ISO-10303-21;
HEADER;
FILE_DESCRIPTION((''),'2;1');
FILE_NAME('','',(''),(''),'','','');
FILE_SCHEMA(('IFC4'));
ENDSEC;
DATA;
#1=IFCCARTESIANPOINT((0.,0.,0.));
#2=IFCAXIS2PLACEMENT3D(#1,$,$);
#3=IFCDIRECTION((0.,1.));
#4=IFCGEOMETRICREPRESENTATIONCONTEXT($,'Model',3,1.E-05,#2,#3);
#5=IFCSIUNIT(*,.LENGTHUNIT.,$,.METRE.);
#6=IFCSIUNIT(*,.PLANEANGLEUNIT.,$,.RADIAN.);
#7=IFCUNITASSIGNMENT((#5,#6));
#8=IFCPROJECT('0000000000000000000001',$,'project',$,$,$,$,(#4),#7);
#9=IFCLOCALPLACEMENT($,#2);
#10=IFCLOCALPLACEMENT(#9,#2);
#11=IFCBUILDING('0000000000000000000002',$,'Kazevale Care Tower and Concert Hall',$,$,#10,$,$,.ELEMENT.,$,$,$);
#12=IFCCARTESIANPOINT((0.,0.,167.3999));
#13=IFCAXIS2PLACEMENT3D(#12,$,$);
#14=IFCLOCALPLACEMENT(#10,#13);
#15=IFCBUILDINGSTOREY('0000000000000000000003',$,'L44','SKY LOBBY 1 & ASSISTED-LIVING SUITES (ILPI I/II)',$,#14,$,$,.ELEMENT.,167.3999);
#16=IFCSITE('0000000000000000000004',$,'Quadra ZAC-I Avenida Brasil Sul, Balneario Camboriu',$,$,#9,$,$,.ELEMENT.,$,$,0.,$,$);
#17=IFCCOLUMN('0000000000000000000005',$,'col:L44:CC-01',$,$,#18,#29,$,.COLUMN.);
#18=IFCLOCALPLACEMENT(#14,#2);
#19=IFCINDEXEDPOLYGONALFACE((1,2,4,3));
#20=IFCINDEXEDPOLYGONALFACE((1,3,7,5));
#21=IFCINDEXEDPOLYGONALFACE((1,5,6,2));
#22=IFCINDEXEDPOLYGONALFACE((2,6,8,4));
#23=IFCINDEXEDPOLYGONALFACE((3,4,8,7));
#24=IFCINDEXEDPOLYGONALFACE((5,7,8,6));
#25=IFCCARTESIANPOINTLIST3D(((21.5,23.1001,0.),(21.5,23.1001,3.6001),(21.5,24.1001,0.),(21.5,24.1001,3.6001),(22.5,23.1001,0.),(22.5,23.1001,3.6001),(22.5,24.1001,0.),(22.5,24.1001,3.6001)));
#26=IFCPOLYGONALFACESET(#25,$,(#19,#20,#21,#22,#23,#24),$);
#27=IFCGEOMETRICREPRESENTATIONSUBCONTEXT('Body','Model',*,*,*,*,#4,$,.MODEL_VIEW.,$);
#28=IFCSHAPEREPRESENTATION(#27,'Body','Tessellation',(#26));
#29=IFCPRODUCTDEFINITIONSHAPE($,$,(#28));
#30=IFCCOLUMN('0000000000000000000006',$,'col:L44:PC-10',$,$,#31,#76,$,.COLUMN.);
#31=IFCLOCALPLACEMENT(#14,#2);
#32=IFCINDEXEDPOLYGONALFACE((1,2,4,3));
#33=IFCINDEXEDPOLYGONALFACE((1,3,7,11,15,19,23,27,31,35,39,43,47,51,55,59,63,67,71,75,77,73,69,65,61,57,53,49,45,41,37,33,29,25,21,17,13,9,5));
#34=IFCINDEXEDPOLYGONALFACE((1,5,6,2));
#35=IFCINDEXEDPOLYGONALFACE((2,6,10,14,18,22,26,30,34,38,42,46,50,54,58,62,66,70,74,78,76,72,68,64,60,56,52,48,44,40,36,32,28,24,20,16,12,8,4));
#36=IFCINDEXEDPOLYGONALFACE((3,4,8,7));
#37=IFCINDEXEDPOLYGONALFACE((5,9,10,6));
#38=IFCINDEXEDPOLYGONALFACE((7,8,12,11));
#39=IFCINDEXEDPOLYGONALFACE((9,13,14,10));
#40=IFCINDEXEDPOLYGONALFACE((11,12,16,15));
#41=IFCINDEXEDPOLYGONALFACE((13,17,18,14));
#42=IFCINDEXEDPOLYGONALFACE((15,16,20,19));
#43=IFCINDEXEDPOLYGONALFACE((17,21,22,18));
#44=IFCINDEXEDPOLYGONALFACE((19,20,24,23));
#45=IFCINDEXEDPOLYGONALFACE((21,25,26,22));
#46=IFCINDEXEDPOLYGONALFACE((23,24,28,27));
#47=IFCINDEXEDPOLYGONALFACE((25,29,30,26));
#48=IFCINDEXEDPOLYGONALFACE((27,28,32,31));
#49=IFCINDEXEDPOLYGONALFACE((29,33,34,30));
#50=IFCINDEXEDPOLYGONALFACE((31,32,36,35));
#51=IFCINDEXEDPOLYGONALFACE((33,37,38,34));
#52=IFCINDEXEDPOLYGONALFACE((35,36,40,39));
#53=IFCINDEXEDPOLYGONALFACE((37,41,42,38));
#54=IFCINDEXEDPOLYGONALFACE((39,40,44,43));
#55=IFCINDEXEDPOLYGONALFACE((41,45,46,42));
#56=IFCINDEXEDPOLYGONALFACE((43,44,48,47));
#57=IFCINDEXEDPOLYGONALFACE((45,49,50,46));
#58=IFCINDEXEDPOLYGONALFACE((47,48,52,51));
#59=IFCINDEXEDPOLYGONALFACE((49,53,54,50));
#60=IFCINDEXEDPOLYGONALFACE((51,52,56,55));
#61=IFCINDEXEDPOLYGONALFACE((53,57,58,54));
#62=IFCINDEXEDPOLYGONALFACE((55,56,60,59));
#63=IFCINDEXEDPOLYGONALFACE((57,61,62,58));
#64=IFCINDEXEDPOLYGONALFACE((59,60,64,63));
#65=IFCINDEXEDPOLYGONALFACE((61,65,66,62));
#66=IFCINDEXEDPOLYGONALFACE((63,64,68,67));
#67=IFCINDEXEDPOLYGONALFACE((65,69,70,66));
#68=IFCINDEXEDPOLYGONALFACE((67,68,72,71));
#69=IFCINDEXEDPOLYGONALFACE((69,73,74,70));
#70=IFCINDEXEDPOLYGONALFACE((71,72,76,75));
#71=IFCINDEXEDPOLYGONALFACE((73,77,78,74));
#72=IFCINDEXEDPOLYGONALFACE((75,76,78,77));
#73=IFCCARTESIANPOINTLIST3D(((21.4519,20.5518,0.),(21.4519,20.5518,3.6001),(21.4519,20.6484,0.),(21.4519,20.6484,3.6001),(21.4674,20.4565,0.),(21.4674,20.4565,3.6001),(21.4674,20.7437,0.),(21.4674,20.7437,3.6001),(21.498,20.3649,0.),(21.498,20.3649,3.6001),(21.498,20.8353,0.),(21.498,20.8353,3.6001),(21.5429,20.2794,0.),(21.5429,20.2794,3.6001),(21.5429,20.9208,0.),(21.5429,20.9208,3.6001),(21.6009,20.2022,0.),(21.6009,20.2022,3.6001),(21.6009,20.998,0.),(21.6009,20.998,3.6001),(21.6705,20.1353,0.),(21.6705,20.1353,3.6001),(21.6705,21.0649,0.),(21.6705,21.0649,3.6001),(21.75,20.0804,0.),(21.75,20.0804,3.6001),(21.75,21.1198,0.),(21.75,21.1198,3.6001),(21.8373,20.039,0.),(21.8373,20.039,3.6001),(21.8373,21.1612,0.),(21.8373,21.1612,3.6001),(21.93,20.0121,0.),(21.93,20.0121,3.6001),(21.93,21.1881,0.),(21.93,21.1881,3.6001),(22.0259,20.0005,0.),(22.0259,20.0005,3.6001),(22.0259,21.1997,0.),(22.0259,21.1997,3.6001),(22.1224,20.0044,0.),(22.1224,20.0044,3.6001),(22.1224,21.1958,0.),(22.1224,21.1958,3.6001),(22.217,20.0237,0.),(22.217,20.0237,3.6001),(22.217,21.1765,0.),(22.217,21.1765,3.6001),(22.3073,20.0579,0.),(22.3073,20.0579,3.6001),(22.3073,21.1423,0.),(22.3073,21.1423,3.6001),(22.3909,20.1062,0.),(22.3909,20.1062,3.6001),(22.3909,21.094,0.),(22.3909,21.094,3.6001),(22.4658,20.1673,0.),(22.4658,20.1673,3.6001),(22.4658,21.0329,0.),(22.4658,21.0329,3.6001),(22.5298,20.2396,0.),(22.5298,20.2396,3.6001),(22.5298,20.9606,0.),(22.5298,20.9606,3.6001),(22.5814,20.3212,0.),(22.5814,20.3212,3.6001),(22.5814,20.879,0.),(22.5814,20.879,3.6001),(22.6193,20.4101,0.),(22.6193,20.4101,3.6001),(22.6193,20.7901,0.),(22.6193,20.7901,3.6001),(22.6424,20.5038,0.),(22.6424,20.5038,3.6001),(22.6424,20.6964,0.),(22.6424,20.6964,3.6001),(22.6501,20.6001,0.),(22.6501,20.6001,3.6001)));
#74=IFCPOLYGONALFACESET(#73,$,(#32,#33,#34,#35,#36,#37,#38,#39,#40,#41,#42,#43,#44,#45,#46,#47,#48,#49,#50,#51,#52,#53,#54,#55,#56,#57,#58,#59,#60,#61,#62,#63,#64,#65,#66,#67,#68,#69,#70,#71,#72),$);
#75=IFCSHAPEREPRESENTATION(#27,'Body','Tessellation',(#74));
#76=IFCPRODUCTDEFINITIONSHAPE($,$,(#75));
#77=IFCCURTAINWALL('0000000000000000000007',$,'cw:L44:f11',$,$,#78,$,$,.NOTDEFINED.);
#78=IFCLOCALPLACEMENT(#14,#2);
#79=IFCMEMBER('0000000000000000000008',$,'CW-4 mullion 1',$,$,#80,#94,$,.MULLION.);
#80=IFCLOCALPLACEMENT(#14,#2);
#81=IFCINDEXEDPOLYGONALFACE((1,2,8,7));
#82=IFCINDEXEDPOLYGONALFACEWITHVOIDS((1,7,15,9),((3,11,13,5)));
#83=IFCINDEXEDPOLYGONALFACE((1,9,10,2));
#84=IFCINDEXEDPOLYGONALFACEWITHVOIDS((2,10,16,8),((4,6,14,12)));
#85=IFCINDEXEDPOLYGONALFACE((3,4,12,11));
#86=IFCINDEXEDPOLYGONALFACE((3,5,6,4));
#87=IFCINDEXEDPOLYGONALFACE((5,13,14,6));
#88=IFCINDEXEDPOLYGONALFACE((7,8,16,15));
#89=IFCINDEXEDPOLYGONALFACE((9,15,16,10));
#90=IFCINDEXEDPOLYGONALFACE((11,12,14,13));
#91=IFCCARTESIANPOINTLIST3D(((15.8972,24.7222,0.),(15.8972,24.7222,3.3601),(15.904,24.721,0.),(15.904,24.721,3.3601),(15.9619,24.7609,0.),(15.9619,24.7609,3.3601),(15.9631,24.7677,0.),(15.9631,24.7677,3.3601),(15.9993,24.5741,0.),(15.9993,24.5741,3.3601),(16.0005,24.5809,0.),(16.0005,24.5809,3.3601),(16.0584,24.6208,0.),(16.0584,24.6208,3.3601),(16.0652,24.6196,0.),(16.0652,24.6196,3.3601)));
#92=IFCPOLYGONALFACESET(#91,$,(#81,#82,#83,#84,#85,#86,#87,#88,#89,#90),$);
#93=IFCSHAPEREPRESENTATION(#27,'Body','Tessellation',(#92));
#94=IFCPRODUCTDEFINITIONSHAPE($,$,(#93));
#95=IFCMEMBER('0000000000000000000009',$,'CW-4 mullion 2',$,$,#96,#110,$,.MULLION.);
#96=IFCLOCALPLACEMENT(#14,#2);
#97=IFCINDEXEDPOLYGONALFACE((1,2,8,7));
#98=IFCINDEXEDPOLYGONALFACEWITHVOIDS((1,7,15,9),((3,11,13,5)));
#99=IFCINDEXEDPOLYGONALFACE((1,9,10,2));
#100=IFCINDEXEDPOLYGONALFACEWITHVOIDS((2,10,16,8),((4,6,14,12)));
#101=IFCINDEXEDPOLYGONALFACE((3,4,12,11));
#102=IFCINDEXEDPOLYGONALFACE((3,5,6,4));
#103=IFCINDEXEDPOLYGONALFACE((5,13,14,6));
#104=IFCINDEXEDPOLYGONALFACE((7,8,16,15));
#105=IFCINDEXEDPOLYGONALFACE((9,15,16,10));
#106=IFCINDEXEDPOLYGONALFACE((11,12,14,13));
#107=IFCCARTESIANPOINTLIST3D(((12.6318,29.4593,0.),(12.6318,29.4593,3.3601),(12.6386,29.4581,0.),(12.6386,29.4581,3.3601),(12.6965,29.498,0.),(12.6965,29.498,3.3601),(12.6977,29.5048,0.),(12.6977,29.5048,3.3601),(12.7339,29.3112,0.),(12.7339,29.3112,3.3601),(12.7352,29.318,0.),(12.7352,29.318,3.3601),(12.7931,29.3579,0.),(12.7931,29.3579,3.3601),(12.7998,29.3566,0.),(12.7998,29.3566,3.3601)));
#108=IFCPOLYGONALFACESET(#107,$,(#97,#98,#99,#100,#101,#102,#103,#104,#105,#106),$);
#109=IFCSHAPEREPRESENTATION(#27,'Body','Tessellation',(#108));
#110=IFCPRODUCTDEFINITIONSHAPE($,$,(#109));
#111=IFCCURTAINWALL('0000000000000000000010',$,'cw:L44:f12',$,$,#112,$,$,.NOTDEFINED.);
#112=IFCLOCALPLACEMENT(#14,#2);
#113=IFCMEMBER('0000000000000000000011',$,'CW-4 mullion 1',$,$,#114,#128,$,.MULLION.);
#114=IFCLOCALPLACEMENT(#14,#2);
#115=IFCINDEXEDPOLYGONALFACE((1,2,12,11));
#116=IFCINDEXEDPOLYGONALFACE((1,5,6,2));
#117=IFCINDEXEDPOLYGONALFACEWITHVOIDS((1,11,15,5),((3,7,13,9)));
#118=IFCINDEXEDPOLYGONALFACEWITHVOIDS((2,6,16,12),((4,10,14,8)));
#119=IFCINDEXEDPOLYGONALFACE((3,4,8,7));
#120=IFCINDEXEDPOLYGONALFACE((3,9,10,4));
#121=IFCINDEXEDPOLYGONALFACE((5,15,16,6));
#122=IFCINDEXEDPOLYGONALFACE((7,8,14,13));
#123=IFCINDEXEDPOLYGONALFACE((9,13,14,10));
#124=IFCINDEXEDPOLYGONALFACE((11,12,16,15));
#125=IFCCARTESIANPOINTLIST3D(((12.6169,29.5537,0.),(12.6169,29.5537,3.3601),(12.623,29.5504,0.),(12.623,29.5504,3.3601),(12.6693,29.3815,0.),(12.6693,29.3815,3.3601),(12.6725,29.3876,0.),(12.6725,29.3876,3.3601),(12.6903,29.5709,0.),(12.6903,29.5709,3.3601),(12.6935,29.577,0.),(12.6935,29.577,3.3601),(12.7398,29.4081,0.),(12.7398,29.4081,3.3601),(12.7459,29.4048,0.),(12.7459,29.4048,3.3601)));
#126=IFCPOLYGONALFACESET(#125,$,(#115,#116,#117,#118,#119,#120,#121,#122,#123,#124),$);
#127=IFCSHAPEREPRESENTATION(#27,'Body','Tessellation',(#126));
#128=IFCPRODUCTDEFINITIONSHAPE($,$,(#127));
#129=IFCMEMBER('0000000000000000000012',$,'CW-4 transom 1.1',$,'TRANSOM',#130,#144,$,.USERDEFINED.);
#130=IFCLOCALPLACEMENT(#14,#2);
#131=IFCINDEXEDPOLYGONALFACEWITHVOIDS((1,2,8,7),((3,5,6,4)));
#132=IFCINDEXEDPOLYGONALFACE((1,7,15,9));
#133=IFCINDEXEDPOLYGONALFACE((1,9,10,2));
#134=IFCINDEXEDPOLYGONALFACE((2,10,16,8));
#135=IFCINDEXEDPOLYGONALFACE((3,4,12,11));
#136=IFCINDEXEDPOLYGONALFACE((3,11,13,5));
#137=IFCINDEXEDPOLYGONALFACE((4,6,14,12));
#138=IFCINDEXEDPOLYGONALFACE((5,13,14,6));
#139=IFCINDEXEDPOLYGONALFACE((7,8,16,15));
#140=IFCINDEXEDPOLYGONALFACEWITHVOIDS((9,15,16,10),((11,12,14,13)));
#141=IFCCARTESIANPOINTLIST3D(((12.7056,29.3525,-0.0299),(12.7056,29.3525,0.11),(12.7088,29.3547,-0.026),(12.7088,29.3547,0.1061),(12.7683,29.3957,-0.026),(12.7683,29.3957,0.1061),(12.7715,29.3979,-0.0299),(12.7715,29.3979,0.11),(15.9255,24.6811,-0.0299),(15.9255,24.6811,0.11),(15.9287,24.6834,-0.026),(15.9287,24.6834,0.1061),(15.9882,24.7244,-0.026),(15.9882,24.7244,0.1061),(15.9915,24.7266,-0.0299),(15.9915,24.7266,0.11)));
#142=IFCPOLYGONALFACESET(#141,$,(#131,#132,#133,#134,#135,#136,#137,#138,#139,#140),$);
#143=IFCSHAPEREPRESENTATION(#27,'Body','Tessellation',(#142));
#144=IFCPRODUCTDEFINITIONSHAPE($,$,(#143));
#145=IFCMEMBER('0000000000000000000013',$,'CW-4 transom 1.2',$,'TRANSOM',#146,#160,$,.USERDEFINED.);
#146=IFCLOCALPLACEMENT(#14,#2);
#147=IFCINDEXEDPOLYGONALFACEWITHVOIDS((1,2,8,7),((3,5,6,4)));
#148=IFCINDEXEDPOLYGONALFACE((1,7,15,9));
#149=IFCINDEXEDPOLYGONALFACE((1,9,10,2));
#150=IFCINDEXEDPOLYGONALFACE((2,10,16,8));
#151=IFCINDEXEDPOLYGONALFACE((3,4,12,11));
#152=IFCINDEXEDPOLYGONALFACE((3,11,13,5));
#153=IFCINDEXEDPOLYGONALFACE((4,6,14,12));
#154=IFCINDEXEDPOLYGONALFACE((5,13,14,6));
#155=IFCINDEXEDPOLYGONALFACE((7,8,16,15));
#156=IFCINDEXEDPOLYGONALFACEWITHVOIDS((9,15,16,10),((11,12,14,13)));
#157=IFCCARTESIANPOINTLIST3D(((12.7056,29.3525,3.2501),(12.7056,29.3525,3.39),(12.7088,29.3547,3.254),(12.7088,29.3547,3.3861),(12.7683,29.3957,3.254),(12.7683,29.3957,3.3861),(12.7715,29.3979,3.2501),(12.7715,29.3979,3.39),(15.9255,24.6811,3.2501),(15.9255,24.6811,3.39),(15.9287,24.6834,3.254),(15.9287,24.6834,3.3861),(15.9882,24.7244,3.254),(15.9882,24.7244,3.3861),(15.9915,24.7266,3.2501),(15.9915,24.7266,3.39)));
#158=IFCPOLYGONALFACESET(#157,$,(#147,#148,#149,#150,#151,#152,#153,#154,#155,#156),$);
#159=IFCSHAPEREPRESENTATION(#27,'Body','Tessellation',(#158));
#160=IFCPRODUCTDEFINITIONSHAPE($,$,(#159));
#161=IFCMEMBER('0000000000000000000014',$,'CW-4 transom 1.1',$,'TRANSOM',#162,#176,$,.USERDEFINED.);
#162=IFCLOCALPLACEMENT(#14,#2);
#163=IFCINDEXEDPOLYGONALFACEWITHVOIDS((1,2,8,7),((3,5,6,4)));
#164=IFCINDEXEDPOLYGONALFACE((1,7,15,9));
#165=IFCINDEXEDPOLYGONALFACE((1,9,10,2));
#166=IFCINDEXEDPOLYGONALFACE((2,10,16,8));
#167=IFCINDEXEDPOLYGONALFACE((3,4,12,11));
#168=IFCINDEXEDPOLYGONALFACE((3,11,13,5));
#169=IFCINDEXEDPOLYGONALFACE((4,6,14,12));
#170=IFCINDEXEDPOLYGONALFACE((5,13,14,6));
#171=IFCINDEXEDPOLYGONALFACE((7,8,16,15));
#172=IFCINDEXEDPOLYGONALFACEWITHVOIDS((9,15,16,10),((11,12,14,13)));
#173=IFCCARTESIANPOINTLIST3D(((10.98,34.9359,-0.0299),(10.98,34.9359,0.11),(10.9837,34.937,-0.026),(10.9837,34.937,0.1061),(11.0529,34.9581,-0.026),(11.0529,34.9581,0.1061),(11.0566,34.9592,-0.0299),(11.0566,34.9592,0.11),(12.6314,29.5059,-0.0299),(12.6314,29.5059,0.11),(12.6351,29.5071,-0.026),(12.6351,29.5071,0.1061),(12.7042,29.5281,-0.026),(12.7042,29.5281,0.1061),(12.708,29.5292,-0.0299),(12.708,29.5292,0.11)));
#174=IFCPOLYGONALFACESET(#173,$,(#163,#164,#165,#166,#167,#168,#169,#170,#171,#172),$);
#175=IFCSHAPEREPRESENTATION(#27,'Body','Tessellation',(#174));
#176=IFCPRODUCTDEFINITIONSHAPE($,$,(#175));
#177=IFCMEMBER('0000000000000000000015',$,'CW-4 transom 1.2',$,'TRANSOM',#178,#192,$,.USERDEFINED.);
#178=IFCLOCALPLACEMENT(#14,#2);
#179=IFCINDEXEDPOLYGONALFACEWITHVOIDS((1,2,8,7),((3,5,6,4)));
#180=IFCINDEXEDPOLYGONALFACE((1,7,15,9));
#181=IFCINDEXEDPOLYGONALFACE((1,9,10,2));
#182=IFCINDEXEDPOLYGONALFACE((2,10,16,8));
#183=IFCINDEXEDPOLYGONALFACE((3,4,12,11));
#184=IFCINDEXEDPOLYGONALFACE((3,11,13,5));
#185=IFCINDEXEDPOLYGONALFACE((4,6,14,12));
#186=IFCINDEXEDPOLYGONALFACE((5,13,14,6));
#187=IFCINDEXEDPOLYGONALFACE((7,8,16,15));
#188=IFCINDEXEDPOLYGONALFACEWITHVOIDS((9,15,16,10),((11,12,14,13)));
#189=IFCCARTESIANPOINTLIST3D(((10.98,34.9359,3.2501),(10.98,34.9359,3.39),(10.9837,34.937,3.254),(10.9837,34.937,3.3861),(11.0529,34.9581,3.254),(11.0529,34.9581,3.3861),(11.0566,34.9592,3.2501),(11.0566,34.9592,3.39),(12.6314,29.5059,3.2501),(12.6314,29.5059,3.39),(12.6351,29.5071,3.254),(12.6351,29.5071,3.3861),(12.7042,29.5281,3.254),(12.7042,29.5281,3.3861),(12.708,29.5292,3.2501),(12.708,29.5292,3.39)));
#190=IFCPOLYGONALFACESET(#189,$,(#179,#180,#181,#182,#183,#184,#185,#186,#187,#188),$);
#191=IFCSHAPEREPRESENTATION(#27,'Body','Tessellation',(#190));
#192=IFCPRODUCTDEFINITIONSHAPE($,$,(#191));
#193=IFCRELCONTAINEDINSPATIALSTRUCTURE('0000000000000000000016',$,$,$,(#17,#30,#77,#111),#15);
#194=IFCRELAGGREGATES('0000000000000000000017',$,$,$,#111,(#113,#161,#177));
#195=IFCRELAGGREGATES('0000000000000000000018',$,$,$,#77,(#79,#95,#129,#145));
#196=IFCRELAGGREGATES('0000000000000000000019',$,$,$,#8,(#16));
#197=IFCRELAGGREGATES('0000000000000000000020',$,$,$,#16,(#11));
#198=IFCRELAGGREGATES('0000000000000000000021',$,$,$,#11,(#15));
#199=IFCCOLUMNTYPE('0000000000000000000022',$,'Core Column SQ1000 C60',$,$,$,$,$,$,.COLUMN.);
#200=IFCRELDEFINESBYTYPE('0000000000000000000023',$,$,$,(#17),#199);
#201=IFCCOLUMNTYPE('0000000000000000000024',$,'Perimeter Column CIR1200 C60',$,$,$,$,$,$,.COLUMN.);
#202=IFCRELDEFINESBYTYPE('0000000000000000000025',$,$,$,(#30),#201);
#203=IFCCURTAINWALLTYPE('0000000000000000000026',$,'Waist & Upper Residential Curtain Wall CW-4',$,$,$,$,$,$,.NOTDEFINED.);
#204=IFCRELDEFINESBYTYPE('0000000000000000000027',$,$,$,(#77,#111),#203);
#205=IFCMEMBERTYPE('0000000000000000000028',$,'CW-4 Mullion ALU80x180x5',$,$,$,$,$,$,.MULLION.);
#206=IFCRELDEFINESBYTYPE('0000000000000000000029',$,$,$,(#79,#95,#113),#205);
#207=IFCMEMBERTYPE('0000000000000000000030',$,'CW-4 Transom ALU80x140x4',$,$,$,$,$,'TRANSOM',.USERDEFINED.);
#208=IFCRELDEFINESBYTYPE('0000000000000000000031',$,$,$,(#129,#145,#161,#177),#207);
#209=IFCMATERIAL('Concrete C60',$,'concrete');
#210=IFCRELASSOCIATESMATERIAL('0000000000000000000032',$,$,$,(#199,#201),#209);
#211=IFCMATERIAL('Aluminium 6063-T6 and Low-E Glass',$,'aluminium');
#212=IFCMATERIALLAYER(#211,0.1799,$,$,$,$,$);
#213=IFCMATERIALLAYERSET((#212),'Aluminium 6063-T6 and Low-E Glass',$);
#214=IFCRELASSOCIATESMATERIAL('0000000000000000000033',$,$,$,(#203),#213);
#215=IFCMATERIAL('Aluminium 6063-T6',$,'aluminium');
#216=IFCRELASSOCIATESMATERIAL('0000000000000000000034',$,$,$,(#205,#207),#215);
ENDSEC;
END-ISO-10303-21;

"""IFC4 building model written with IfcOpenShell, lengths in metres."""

from ifc_helpers import new_model, si_unit, direction, frame, origin, origin_2d, place, context, subcontext, project, spatial, rectangle, hollow_rectangle, circle, extrude, material, layer, layer_set, material_profile, profile_set, type_object, element, aggregate, save


model = new_model("IFC4")

# Units and contexts
model_context = context("Model", 3, precision=1e-05, world=origin(), true_north=direction((0.0, 1.0)))
body_context = subcontext(model_context, "Body", "Model", "MODEL_VIEW")
ifc_project = project(units=[si_unit("LENGTHUNIT", "METRE"), si_unit("PLANEANGLEUNIT", "RADIAN")], contexts=[model_context])

# Site, building, storey
site_placement = place(None, origin())
site = spatial("IfcSite", under=ifc_project, at=site_placement, Name="Quadra ZAC-I Avenida Brasil Sul, Balneario Camboriu", CompositionType="ELEMENT", RefElevation=0.0)
building_placement = place(site_placement, origin())
building = spatial("IfcBuilding", under=site, at=building_placement, Name="Kazevale Care Tower and Concert Hall", CompositionType="ELEMENT")
storey_placement = place(building_placement, frame((0.0, 0.0, 167.3999)))
storey = spatial("IfcBuildingStorey", under=building, at=storey_placement, Name="L44", Description="SKY LOBBY 1 & ASSISTED-LIVING SUITES (ILPI I/II)", CompositionType="ELEMENT", Elevation=167.3999)

# Columns
ifc_material_1 = material(Name="Concrete C60", Category="concrete")
ifc_material_profile_1 = material_profile(ifc_material_1, rectangle(XDim=1.0, YDim=1.0, at=origin_2d()), Name="RC-SQ1000")
ifc_profile_set_1 = profile_set([ifc_material_profile_1], Name="Concrete C60")
column_type_1 = type_object("IfcColumnType", Name="Core Column SQ1000 C60", PredefinedType="COLUMN", material=ifc_profile_set_1)
column_1_placement = place(storey_placement, frame((22.0, 23.6001, 0.0), z_axis=(0.0, 0.0, 1.0), x_axis=(1.0, 0.0, 0.0)))
element("IfcColumn", 1, at=column_1_placement, inside=storey, type_object=column_type_1, Name="col:L44:CC-01", PredefinedType="COLUMN", context=body_context, shape_type="SweptSolid", body=[
    extrude(rectangle(XDim=1.0, YDim=1.0, at=origin_2d()), origin(), (0.0, 0.0, 1.0), 3.6001),
])
ifc_material_profile_2 = material_profile(ifc_material_1, circle(Radius=0.6001, at=origin_2d()), Name="RC-CIR1200")
ifc_profile_set_2 = profile_set([ifc_material_profile_2], Name="Concrete C60")
column_type_2 = type_object("IfcColumnType", Name="Perimeter Column CIR1200 C60", PredefinedType="COLUMN", material=ifc_profile_set_2)
column_2_placement = place(storey_placement, frame((22.05, 20.6001, 0.0), z_axis=(0.0, 0.0, 1.0), x_axis=(1.0, 0.0, 0.0)))
element("IfcColumn", 2, at=column_2_placement, inside=storey, type_object=column_type_2, Name="col:L44:PC-10", PredefinedType="COLUMN", context=body_context, shape_type="SweptSolid", body=[
    extrude(circle(Radius=0.6001, at=origin_2d()), origin(), (0.0, 0.0, 1.0), 3.6001),
])

# Curtain wall, members
ifc_material_2 = material(Name="Aluminium 6063-T6 and Low-E Glass", Category="aluminium")
ifc_layer_1 = layer(ifc_material_2, 0.1799)
ifc_layer_set_1 = layer_set([ifc_layer_1], Name="Aluminium 6063-T6 and Low-E Glass")
curtain_wall_type_1 = type_object("IfcCurtainWallType", Name="Waist & Upper Residential Curtain Wall CW-4", PredefinedType="NOTDEFINED", material=ifc_layer_set_1)
curtain_wall_1_placement = place(storey_placement, origin())
curtain_wall_1 = element("IfcCurtainWall", 3, at=curtain_wall_1_placement, inside=storey, type_object=curtain_wall_type_1, Name="cw:L44:f11", PredefinedType="NOTDEFINED")
ifc_material_3 = material(Name="Aluminium 6063-T6", Category="aluminium")
ifc_material_profile_3 = material_profile(ifc_material_3, hollow_rectangle(XDim=0.0801, YDim=0.1799, WallThickness=0.0049, at=origin_2d()), Name="ALU80x180x5")
ifc_profile_set_3 = profile_set([ifc_material_profile_3], Name="Aluminium 6063-T6")
member_type_1 = type_object("IfcMemberType", Name="CW-4 Mullion ALU80x180x5", PredefinedType="MULLION", material=ifc_profile_set_3)
member_1_placement = place(storey_placement, frame((15.9812, 24.6709, 0.0), z_axis=(0.0, 0.0, 1.0), x_axis=(-0.823326, -0.567569, 0.0)))
member_1 = element("IfcMember", 4, at=member_1_placement, type_object=member_type_1, Name="CW-4 mullion 1", PredefinedType="MULLION", context=body_context, shape_type="SweptSolid", body=[
    extrude(hollow_rectangle(XDim=0.0801, YDim=0.1799, WallThickness=0.0049, at=origin_2d()), origin(), (0.0, 0.0, 1.0), 3.3601),
])
member_2_placement = place(storey_placement, frame((12.7158, 29.408, 0.0), z_axis=(0.0, 0.0, 1.0), x_axis=(-0.823326, -0.567569, 0.0)))
member_2 = element("IfcMember", 5, at=member_2_placement, type_object=member_type_1, Name="CW-4 mullion 2", PredefinedType="MULLION", context=body_context, shape_type="SweptSolid", body=[
    extrude(hollow_rectangle(XDim=0.0801, YDim=0.1799, WallThickness=0.0049, at=origin_2d()), origin(), (0.0, 0.0, 1.0), 3.3601),
])

# Curtain wall, member
curtain_wall_2_placement = place(storey_placement, origin())
curtain_wall_2 = element("IfcCurtainWall", 6, at=curtain_wall_2_placement, inside=storey, type_object=curtain_wall_type_1, Name="cw:L44:f12", PredefinedType="NOTDEFINED")
member_3_placement = place(storey_placement, frame((12.6814, 29.4792, 0.0), z_axis=(0.0, 0.0, 1.0), x_axis=(-0.95673, -0.290977, 0.0)))
member_3 = element("IfcMember", 7, at=member_3_placement, type_object=member_type_1, Name="CW-4 mullion 1", PredefinedType="MULLION", context=body_context, shape_type="SweptSolid", body=[
    extrude(hollow_rectangle(XDim=0.0801, YDim=0.1799, WallThickness=0.0049, at=origin_2d()), origin(), (0.0, 0.0, 1.0), 3.3601),
])

# Members
ifc_material_profile_4 = material_profile(ifc_material_3, hollow_rectangle(XDim=0.0801, YDim=0.1399, WallThickness=0.0039, at=origin_2d()), Name="ALU80x140x4")
ifc_profile_set_4 = profile_set([ifc_material_profile_4], Name="Aluminium 6063-T6")
member_type_2 = type_object("IfcMemberType", Name="CW-4 Transom ALU80x140x4", ElementType="TRANSOM", PredefinedType="USERDEFINED", material=ifc_profile_set_4)
member_4_placement = place(storey_placement, frame((15.9585, 24.7039, 0.04), z_axis=(-0.567533, 0.823351, 0.0), x_axis=(-0.823351, -0.567533, 0.0)))
member_4 = element("IfcMember", 8, at=member_4_placement, type_object=member_type_2, Name="CW-4 transom 1.1", ObjectType="TRANSOM", PredefinedType="USERDEFINED", context=body_context, shape_type="SweptSolid", body=[
    extrude(hollow_rectangle(XDim=0.0801, YDim=0.1399, WallThickness=0.0039, at=origin_2d()), origin(), (0.0, 0.0, 1.0), 5.6736),
])
member_5_placement = place(storey_placement, frame((15.9585, 24.7039, 3.3201), z_axis=(-0.567533, 0.823351, 0.0), x_axis=(-0.823351, -0.567533, 0.0)))
member_5 = element("IfcMember", 9, at=member_5_placement, type_object=member_type_2, Name="CW-4 transom 1.2", ObjectType="TRANSOM", PredefinedType="USERDEFINED", context=body_context, shape_type="SweptSolid", body=[
    extrude(hollow_rectangle(XDim=0.0801, YDim=0.1399, WallThickness=0.0039, at=origin_2d()), origin(), (0.0, 0.0, 1.0), 5.6736),
])
member_6_placement = place(storey_placement, frame((12.6697, 29.5176, 0.04), z_axis=(-0.290965, 0.956734, 0.0), x_axis=(-0.956734, -0.290965, 0.0)))
member_6 = element("IfcMember", 10, at=member_6_placement, type_object=member_type_2, Name="CW-4 transom 1.1", ObjectType="TRANSOM", PredefinedType="USERDEFINED", context=body_context, shape_type="SweptSolid", body=[
    extrude(hollow_rectangle(XDim=0.0801, YDim=0.1399, WallThickness=0.0039, at=origin_2d()), origin(), (0.0, 0.0, 1.0), 5.6755),
])
member_7_placement = place(storey_placement, frame((12.6697, 29.5176, 3.3201), z_axis=(-0.290965, 0.956734, 0.0), x_axis=(-0.956734, -0.290965, 0.0)))
member_7 = element("IfcMember", 11, at=member_7_placement, type_object=member_type_2, Name="CW-4 transom 1.2", ObjectType="TRANSOM", PredefinedType="USERDEFINED", context=body_context, shape_type="SweptSolid", body=[
    extrude(hollow_rectangle(XDim=0.0801, YDim=0.1399, WallThickness=0.0039, at=origin_2d()), origin(), (0.0, 0.0, 1.0), 5.6755),
])
aggregate(curtain_wall_2, [member_3, member_6, member_7])

aggregate(curtain_wall_1, [member_1, member_2, member_4, member_5])

save(model, "model.ifc")
